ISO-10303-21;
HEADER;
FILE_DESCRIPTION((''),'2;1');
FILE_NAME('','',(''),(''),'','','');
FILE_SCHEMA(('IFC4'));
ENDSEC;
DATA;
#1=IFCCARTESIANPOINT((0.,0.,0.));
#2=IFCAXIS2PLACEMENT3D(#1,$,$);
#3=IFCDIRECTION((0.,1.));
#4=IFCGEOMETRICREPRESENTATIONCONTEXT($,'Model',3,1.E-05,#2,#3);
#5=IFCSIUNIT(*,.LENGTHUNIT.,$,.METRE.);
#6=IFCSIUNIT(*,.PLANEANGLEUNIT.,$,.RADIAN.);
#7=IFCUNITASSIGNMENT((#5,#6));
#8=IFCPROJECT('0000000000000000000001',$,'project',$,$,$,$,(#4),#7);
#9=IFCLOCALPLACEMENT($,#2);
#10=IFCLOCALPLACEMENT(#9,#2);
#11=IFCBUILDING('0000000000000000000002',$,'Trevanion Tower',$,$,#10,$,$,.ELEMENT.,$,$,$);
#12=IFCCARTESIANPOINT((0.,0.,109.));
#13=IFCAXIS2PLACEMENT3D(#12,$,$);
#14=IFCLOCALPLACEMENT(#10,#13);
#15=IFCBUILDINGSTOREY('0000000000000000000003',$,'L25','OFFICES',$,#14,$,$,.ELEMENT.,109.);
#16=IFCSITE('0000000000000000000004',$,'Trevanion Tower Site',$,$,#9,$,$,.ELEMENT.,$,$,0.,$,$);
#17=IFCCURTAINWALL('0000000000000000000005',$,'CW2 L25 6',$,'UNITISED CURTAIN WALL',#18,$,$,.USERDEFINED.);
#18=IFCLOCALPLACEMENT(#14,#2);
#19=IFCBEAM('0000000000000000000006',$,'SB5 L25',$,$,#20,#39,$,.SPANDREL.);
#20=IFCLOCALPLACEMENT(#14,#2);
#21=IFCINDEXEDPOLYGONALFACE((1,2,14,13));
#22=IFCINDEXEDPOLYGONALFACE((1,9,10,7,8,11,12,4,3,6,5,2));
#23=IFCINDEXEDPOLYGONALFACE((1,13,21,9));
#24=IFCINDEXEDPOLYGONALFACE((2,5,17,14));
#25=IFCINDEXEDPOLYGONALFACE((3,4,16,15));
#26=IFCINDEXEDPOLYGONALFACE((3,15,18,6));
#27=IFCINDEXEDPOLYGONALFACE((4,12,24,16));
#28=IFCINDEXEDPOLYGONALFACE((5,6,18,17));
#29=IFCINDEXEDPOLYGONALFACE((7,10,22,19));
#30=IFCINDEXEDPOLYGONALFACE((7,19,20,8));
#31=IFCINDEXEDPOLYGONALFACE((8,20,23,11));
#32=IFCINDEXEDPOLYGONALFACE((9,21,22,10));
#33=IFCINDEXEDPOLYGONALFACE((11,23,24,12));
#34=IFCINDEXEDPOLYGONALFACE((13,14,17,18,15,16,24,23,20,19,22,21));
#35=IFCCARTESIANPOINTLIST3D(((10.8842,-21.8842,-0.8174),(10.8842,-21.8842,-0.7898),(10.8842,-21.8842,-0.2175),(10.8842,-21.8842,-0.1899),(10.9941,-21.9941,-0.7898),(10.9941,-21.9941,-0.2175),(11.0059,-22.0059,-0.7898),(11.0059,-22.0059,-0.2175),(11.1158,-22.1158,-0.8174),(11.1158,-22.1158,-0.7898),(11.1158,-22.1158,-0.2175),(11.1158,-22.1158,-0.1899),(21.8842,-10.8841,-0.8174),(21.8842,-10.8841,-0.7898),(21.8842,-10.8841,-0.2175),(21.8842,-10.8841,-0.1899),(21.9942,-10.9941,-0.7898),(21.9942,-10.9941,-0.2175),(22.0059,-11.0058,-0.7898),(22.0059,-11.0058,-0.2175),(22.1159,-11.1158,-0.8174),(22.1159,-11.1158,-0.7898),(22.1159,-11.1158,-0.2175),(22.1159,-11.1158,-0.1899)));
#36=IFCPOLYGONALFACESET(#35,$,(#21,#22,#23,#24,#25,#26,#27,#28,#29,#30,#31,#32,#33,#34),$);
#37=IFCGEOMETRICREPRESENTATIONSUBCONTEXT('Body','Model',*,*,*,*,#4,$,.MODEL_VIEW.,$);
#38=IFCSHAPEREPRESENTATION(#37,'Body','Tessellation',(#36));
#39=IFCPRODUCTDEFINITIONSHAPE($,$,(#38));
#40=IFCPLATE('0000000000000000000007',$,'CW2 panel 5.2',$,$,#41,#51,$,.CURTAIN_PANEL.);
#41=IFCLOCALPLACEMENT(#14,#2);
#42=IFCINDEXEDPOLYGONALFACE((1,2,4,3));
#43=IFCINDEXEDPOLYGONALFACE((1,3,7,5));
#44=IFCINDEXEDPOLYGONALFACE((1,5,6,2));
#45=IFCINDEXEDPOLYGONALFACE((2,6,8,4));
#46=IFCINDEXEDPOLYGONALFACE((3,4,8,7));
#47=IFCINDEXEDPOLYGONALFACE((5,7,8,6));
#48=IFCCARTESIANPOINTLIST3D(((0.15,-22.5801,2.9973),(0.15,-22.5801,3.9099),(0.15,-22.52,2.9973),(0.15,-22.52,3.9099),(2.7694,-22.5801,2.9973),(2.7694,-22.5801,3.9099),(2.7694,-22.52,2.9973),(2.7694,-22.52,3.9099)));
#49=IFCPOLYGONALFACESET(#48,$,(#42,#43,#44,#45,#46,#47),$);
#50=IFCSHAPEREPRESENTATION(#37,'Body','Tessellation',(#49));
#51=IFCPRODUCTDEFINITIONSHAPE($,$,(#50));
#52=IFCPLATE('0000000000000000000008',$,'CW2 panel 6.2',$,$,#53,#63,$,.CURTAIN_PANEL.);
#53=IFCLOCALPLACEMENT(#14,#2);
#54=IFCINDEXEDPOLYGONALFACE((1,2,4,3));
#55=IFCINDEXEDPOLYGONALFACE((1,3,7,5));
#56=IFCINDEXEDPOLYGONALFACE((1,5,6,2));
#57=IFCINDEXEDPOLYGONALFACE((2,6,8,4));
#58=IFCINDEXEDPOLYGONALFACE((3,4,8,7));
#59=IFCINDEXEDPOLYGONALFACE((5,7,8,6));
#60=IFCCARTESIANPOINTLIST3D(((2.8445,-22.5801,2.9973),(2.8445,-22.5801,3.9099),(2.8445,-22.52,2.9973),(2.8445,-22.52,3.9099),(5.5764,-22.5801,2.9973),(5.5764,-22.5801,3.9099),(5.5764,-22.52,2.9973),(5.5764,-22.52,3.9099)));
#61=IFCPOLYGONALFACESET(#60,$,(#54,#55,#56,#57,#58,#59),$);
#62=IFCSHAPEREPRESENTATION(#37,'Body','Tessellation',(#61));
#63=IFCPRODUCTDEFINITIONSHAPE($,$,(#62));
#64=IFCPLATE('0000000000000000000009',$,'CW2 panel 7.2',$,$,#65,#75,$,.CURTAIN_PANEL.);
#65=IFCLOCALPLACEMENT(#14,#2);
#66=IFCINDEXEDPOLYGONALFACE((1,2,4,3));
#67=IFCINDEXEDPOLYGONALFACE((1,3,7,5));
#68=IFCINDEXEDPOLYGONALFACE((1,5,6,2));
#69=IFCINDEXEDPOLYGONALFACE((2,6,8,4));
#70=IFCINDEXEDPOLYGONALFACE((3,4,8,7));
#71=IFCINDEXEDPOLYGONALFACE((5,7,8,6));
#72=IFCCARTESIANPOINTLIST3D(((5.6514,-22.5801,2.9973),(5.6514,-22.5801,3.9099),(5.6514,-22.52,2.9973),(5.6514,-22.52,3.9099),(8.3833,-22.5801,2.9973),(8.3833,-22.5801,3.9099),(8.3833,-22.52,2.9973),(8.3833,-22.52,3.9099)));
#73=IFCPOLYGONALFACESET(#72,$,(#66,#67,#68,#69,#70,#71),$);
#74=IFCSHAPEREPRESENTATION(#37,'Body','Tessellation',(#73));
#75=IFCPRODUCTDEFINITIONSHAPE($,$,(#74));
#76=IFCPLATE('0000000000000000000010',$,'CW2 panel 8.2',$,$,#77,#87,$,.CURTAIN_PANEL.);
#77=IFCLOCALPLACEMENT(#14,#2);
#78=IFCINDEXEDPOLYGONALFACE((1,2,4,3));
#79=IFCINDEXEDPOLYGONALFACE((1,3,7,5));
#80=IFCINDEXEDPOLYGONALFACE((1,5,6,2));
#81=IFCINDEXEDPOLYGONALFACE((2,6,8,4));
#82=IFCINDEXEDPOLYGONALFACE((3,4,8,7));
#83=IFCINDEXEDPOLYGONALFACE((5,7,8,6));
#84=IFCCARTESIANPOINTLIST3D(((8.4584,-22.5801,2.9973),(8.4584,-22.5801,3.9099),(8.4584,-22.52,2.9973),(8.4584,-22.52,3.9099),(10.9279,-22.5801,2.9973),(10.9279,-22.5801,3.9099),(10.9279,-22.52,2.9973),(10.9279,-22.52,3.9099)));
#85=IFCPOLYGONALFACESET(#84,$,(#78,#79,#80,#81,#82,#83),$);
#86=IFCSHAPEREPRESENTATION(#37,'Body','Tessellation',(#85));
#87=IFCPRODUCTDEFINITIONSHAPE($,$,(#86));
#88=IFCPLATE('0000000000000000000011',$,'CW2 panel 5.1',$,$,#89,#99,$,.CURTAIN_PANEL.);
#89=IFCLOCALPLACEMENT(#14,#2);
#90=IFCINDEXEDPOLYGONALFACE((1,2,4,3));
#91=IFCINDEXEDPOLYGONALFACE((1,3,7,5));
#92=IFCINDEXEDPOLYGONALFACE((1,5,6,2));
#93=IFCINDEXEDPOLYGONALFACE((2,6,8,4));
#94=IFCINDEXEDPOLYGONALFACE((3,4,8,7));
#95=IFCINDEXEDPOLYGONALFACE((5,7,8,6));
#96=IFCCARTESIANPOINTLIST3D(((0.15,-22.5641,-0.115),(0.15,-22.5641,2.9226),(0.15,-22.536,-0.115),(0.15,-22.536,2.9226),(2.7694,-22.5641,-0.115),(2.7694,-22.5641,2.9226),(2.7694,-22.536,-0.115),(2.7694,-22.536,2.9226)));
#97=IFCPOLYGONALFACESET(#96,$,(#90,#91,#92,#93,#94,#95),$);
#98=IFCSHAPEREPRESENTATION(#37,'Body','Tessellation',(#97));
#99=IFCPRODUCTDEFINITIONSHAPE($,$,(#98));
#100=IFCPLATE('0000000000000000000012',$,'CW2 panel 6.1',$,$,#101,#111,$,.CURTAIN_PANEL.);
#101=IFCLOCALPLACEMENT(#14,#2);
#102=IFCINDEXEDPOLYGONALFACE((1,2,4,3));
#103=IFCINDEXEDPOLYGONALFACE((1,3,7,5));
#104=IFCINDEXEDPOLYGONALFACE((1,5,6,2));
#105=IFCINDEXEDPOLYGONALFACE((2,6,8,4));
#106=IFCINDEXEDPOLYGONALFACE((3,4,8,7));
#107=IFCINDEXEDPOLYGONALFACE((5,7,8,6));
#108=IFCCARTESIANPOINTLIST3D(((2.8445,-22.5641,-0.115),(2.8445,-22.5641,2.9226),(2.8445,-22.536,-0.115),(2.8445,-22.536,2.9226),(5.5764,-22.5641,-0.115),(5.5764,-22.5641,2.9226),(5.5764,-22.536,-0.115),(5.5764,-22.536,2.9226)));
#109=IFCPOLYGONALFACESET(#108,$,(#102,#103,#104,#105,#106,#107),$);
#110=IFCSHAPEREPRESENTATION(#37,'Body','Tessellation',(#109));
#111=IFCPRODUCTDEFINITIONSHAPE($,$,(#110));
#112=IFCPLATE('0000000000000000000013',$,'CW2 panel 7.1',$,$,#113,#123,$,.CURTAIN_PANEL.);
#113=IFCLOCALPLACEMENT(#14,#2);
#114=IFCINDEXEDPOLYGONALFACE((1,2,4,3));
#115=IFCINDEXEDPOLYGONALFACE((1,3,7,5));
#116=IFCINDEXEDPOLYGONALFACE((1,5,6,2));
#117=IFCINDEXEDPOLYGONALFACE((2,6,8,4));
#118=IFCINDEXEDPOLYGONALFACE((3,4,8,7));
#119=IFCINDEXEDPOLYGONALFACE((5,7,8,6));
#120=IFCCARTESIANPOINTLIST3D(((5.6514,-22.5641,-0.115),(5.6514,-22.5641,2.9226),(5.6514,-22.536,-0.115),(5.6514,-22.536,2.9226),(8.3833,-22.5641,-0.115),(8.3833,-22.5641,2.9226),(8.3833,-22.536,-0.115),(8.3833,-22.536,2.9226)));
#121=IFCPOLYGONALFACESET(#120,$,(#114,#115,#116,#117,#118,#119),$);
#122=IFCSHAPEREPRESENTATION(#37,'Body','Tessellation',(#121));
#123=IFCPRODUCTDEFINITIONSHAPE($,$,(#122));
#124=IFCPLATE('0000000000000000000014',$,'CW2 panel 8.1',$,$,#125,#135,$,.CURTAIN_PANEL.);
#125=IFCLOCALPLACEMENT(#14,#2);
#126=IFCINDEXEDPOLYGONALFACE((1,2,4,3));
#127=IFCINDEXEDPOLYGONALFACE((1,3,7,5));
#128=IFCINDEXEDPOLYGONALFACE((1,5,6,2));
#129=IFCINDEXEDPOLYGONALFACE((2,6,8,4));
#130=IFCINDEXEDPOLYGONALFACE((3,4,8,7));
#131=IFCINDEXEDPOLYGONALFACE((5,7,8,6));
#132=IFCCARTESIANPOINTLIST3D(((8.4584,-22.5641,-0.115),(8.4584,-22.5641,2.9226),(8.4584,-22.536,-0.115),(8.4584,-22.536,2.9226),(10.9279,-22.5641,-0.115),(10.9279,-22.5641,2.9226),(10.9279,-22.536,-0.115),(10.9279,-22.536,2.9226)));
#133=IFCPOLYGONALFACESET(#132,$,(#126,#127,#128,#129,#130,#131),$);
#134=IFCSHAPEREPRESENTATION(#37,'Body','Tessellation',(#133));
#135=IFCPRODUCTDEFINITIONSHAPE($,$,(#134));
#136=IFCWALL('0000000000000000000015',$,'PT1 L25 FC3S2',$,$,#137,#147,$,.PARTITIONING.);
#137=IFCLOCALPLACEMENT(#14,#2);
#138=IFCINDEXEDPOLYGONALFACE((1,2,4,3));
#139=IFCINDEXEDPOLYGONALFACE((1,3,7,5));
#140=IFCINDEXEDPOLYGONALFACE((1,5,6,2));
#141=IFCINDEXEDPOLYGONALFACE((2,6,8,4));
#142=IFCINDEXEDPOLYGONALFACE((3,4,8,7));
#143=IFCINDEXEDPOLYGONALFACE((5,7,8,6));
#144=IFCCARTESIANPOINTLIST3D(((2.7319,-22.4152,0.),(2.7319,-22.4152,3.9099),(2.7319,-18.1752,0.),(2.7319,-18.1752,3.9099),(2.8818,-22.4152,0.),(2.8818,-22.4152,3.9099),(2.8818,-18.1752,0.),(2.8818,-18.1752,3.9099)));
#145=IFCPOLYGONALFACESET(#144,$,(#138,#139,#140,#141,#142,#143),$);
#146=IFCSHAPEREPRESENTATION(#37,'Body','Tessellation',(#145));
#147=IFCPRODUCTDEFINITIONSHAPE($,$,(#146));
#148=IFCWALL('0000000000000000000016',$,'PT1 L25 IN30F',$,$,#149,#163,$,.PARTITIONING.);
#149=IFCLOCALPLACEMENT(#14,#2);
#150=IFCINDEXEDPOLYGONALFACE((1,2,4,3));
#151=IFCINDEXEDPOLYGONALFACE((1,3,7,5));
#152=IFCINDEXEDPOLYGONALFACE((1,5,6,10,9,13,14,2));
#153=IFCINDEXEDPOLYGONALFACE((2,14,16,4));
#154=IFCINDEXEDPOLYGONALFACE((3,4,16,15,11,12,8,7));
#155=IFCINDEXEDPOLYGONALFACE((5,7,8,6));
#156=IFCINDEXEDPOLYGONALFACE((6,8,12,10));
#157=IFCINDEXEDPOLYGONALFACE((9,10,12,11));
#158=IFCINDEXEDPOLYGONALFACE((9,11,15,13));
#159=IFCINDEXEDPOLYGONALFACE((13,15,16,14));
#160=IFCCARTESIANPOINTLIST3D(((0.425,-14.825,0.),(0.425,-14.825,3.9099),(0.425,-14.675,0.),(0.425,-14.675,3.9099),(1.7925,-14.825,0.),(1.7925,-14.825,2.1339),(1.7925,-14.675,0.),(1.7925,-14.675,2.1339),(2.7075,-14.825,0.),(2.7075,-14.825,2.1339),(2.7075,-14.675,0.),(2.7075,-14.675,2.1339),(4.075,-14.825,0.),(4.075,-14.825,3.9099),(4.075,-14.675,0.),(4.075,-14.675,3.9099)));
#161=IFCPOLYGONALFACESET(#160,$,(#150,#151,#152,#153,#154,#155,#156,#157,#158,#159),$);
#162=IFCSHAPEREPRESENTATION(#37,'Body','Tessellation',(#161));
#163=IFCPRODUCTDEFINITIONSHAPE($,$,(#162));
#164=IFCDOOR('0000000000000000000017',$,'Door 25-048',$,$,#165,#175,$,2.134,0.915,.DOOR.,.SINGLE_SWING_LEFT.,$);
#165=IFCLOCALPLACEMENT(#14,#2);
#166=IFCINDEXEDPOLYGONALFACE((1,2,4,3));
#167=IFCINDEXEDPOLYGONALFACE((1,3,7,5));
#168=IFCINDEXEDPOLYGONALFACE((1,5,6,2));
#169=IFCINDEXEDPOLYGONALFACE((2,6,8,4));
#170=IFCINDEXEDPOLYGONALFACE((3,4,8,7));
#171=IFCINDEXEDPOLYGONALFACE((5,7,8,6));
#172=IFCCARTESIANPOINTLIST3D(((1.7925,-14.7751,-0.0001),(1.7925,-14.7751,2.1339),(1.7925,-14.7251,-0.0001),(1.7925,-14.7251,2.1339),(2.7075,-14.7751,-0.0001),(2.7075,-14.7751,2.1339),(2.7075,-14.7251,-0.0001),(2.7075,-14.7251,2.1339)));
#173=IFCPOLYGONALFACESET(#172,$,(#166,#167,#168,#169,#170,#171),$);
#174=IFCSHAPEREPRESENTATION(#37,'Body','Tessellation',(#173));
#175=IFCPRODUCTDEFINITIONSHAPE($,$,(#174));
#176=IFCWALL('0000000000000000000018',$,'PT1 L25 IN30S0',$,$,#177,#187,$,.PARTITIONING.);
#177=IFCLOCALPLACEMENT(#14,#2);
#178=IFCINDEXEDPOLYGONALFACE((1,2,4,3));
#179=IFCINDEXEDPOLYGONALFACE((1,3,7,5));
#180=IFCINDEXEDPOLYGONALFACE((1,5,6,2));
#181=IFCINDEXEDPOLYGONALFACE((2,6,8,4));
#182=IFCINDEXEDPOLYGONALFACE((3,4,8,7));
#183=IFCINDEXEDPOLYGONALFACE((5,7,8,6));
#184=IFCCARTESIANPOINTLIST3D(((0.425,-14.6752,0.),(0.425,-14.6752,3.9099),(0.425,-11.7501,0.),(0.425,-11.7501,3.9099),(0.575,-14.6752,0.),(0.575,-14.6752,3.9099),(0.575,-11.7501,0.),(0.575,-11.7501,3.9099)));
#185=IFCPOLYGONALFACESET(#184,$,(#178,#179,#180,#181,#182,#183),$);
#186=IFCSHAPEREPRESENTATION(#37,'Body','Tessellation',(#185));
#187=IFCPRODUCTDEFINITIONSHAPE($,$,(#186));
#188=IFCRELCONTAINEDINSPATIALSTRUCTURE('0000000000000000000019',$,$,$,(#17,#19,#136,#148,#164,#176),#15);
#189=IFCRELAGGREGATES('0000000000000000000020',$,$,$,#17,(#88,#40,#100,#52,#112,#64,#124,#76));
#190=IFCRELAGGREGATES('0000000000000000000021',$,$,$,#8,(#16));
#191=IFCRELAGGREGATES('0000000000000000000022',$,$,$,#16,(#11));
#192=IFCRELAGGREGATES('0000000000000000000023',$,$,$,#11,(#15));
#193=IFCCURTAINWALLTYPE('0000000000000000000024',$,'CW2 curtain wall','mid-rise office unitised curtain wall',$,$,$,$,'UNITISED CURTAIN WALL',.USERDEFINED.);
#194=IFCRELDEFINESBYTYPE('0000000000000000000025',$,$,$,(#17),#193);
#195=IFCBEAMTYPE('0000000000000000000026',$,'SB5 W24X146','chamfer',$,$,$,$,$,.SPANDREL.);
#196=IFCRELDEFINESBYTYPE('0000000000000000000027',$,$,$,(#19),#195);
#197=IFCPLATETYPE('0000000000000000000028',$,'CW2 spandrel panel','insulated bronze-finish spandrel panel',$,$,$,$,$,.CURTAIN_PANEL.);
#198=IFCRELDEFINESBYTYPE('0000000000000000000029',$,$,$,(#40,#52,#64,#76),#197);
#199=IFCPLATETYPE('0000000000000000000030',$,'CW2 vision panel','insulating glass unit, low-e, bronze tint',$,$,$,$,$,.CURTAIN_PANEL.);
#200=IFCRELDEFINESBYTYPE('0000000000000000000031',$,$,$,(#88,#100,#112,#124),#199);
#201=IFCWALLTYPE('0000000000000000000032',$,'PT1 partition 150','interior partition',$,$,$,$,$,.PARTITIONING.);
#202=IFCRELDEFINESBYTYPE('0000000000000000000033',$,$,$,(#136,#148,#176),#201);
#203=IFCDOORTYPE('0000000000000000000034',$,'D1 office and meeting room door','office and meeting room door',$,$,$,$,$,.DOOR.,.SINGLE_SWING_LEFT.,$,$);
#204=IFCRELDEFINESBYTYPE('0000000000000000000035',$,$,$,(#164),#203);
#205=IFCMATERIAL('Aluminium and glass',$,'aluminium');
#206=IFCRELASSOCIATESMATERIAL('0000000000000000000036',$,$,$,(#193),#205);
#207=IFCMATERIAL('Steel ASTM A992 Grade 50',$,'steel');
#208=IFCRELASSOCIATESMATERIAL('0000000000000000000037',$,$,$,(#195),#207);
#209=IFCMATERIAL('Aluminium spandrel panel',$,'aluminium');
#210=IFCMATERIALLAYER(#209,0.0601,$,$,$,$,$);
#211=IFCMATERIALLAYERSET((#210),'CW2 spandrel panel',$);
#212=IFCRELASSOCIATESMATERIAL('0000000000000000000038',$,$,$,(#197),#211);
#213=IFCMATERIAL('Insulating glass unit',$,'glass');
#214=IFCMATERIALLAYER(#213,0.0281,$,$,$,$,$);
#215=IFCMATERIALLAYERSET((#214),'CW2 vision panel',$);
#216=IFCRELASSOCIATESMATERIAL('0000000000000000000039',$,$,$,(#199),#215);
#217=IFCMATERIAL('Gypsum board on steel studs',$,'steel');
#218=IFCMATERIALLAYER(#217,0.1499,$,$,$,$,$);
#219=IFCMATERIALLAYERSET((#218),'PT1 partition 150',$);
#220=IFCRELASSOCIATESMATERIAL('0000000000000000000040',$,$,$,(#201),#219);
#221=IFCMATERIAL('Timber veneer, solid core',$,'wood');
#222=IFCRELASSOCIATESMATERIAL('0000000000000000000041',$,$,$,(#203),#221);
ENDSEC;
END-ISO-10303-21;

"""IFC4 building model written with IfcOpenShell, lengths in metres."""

from ifc_helpers import new_model, si_unit, direction, frame, frame_2d, origin, origin_2d, place, context, subcontext, project, spatial, rectangle, i_section, extrude, material, layer, layer_set, material_profile, profile_set, type_object, element, fill, aggregate, save


model = new_model("IFC4")

# Units and contexts
model_context = context("Model", 3, precision=1e-05, world=origin(), true_north=direction((0.0, 1.0)))
body_context = subcontext(model_context, "Body", "Model", "MODEL_VIEW")
ifc_project = project(units=[si_unit("LENGTHUNIT", "METRE"), si_unit("PLANEANGLEUNIT", "RADIAN")], contexts=[model_context])

# Site, building, storey
site_placement = place(None, origin())
site = spatial("IfcSite", under=ifc_project, at=site_placement, Name="Trevanion Tower Site", CompositionType="ELEMENT", RefElevation=0.0)
building_placement = place(site_placement, origin())
building = spatial("IfcBuilding", under=site, at=building_placement, Name="Trevanion Tower", CompositionType="ELEMENT")
storey_placement = place(building_placement, frame((0.0, 0.0, 109.0)))
storey = spatial("IfcBuildingStorey", under=building, at=storey_placement, Name="L25", Description="OFFICES", CompositionType="ELEMENT", Elevation=109.0)

# Curtain wall
ifc_material_1 = material(Name="Aluminium and glass", Category="aluminium")
curtain_wall_type = type_object("IfcCurtainWallType", Name="CW2 curtain wall", Description="mid-rise office unitised curtain wall", ElementType="UNITISED CURTAIN WALL", PredefinedType="USERDEFINED", material=ifc_material_1)
curtain_wall_1_placement = place(storey_placement, origin())
curtain_wall_1 = element("IfcCurtainWall", 1, at=curtain_wall_1_placement, inside=storey, type_object=curtain_wall_type, Name="CW2 L25 6", ObjectType="UNITISED CURTAIN WALL", PredefinedType="USERDEFINED")

# Beam
ifc_material_2 = material(Name="Steel ASTM A992 Grade 50", Category="steel")
ifc_material_profile_1 = material_profile(ifc_material_2, i_section(OverallWidth=0.3276, OverallDepth=0.6274, WebThickness=0.0166, FlangeThickness=0.0276, at=origin_2d()), Name="W24X146")
ifc_profile_set_1 = profile_set([ifc_material_profile_1], Name="Steel ASTM A992 Grade 50")
beam_type = type_object("IfcBeamType", Name="SB5 W24X146", Description="chamfer", PredefinedType="SPANDREL", material=ifc_profile_set_1)
beam_placement = place(storey_placement, frame((11.0, -22.0, -0.5037), z_axis=(0.707107, 0.707107, 0.0), x_axis=(-0.707107, 0.707107, 0.0)))
element("IfcBeam", 2, at=beam_placement, inside=storey, type_object=beam_type, Name="SB5 L25", PredefinedType="SPANDREL", context=body_context, shape_type="SweptSolid", body=[
    extrude(i_section(OverallWidth=0.3276, OverallDepth=0.6274, WebThickness=0.0166, FlangeThickness=0.0276, at=origin_2d()), origin(), (0.0, 0.0, 1.0), 15.5564),
])

# Plates
ifc_material_3 = material(Name="Aluminium spandrel panel", Category="aluminium")
ifc_layer_1 = layer(ifc_material_3, 0.0601)
ifc_layer_set_1 = layer_set([ifc_layer_1], Name="CW2 spandrel panel")
plate_type_1 = type_object("IfcPlateType", Name="CW2 spandrel panel", Description="insulated bronze-finish spandrel panel", PredefinedType="CURTAIN_PANEL", material=ifc_layer_set_1)
plate_1_placement = place(storey_placement, frame((1.4597, -22.55, 2.9973), z_axis=(0.0, 0.0, 1.0), x_axis=(1.0, 0.0, 0.0)))
plate_1 = element("IfcPlate", 3, at=plate_1_placement, type_object=plate_type_1, Name="CW2 panel 5.2", PredefinedType="CURTAIN_PANEL", context=body_context, shape_type="SweptSolid", body=[
    extrude(rectangle(XDim=2.6194, YDim=0.0601, at=origin_2d()), origin(), (0.0, 0.0, 1.0), 0.9126),
])
plate_2_placement = place(storey_placement, frame((4.2104, -22.55, 2.9973), z_axis=(0.0, 0.0, 1.0), x_axis=(1.0, 0.0, 0.0)))
plate_2 = element("IfcPlate", 4, at=plate_2_placement, type_object=plate_type_1, Name="CW2 panel 6.2", PredefinedType="CURTAIN_PANEL", context=body_context, shape_type="SweptSolid", body=[
    extrude(rectangle(XDim=2.7319, YDim=0.0601, at=origin_2d()), origin(), (0.0, 0.0, 1.0), 0.9126),
])
plate_3_placement = place(storey_placement, frame((7.0173, -22.55, 2.9973), z_axis=(0.0, 0.0, 1.0), x_axis=(1.0, 0.0, 0.0)))
plate_3 = element("IfcPlate", 5, at=plate_3_placement, type_object=plate_type_1, Name="CW2 panel 7.2", PredefinedType="CURTAIN_PANEL", context=body_context, shape_type="SweptSolid", body=[
    extrude(rectangle(XDim=2.7319, YDim=0.0601, at=origin_2d()), origin(), (0.0, 0.0, 1.0), 0.9126),
])
plate_4_placement = place(storey_placement, frame((9.6931, -22.55, 2.9973), z_axis=(0.0, 0.0, 1.0), x_axis=(1.0, 0.0, 0.0)))
plate_4 = element("IfcPlate", 6, at=plate_4_placement, type_object=plate_type_1, Name="CW2 panel 8.2", PredefinedType="CURTAIN_PANEL", context=body_context, shape_type="SweptSolid", body=[
    extrude(rectangle(XDim=2.4695, YDim=0.0601, at=origin_2d()), origin(), (0.0, 0.0, 1.0), 0.9126),
])
ifc_material_4 = material(Name="Insulating glass unit", Category="glass")
ifc_layer_2 = layer(ifc_material_4, 0.0281)
ifc_layer_set_2 = layer_set([ifc_layer_2], Name="CW2 vision panel")
plate_type_2 = type_object("IfcPlateType", Name="CW2 vision panel", Description="insulating glass unit, low-e, bronze tint", PredefinedType="CURTAIN_PANEL", material=ifc_layer_set_2)
plate_5_placement = place(storey_placement, frame((1.4597, -22.55, -0.115), z_axis=(0.0, 0.0, 1.0), x_axis=(1.0, 0.0, 0.0)))
plate_5 = element("IfcPlate", 7, at=plate_5_placement, type_object=plate_type_2, Name="CW2 panel 5.1", PredefinedType="CURTAIN_PANEL", context=body_context, shape_type="SweptSolid", body=[
    extrude(rectangle(XDim=2.6194, YDim=0.0281, at=origin_2d()), origin(), (0.0, 0.0, 1.0), 3.0376),
])
plate_6_placement = place(storey_placement, frame((4.2104, -22.55, -0.115), z_axis=(0.0, 0.0, 1.0), x_axis=(1.0, 0.0, 0.0)))
plate_6 = element("IfcPlate", 8, at=plate_6_placement, type_object=plate_type_2, Name="CW2 panel 6.1", PredefinedType="CURTAIN_PANEL", context=body_context, shape_type="SweptSolid", body=[
    extrude(rectangle(XDim=2.7319, YDim=0.0281, at=origin_2d()), origin(), (0.0, 0.0, 1.0), 3.0376),
])
plate_7_placement = place(storey_placement, frame((7.0173, -22.55, -0.115), z_axis=(0.0, 0.0, 1.0), x_axis=(1.0, 0.0, 0.0)))
plate_7 = element("IfcPlate", 9, at=plate_7_placement, type_object=plate_type_2, Name="CW2 panel 7.1", PredefinedType="CURTAIN_PANEL", context=body_context, shape_type="SweptSolid", body=[
    extrude(rectangle(XDim=2.7319, YDim=0.0281, at=origin_2d()), origin(), (0.0, 0.0, 1.0), 3.0376),
])
plate_8_placement = place(storey_placement, frame((9.6931, -22.55, -0.115), z_axis=(0.0, 0.0, 1.0), x_axis=(1.0, 0.0, 0.0)))
plate_8 = element("IfcPlate", 10, at=plate_8_placement, type_object=plate_type_2, Name="CW2 panel 8.1", PredefinedType="CURTAIN_PANEL", context=body_context, shape_type="SweptSolid", body=[
    extrude(rectangle(XDim=2.4695, YDim=0.0281, at=origin_2d()), origin(), (0.0, 0.0, 1.0), 3.0376),
])
aggregate(curtain_wall_1, [plate_5, plate_1, plate_6, plate_2, plate_7, plate_3, plate_8, plate_4])

# Wall
ifc_material_5 = material(Name="Gypsum board on steel studs", Category="steel")
ifc_layer_3 = layer(ifc_material_5, 0.1499)
ifc_layer_set_3 = layer_set([ifc_layer_3], Name="PT1 partition 150")
wall_type_1 = type_object("IfcWallType", Name="PT1 partition 150", Description="interior partition", PredefinedType="PARTITIONING", material=ifc_layer_set_3)
wall_1_placement = place(storey_placement, frame((2.8069, -18.175, 0.0), z_axis=(0.0, 0.0, 1.0), x_axis=(0.0, -1.0, 0.0)))
element("IfcWall", 11, at=wall_1_placement, inside=storey, type_object=wall_type_1, Name="PT1 L25 FC3S2", PredefinedType="PARTITIONING", context=body_context, shape_type="SweptSolid", body=[
    extrude(rectangle(XDim=4.24, YDim=0.1499, at=frame_2d((2.1201, 0.0))), origin(), (0.0, 0.0, 1.0), 3.9099),
])

# Wall, opening, door
wall_2_placement = place(storey_placement, frame((0.425, -14.75, 0.0), z_axis=(0.0, 0.0, 1.0), x_axis=(1.0, 0.0, 0.0)))
wall_2 = element("IfcWall", 12, at=wall_2_placement, inside=storey, type_object=wall_type_1, Name="PT1 L25 IN30F", PredefinedType="PARTITIONING", context=body_context, shape_type="SweptSolid", body=[
    extrude(rectangle(XDim=3.6499, YDim=0.1499, at=frame_2d((1.825, 0.0))), origin(), (0.0, 0.0, 1.0), 3.9099),
])
opening_1_placement = place(wall_2_placement, frame((1.3674, 0.0, 0.0)))
opening_1 = element("IfcOpeningElement", 13, at=opening_1_placement, cuts=wall_2, PredefinedType="OPENING", context=body_context, shape_type="SweptSolid", body=[
    extrude(rectangle(XDim=0.915, YDim=2.134, at=frame_2d((0.4575, 1.0669))), frame((0.0, 0.085, 0.0), z_axis=(0.0, -1.0, 0.0), x_axis=(1.0, 0.0, 0.0)), (0.0, 0.0, 1.0), 0.1699),
])
ifc_material_6 = material(Name="Timber veneer, solid core", Category="wood")
door_type = type_object("IfcDoorType", Name="D1 office and meeting room door", Description="office and meeting room door", OperationType="SINGLE_SWING_LEFT", PredefinedType="DOOR", material=ifc_material_6)
door_1_placement = place(opening_1_placement, origin())
door_1 = element("IfcDoor", 14, at=door_1_placement, inside=storey, type_object=door_type, Name="Door 25-048", OperationType="SINGLE_SWING_LEFT", OverallHeight=2.134, OverallWidth=0.915, PredefinedType="DOOR", context=body_context, shape_type="SweptSolid", body=[
    extrude(rectangle(XDim=0.915, YDim=2.134, at=frame_2d((0.4575, 1.0669))), frame((0.0, 0.0249, 0.0), z_axis=(0.0, -1.0, 0.0), x_axis=(1.0, 0.0, 0.0)), (0.0, 0.0, 1.0), 0.05),
])
fill(opening_1, door_1)

# Wall
for number, where, z_axis, x_axis, name in (
    (15, (0.5, -14.675, 0.0), (0.0, 0.0, 1.0), (0.0, 1.0, 0.0), "PT1 L25 IN30S0"),
):
    element("IfcWall", number, at=place(storey_placement, frame(where, z_axis=z_axis, x_axis=x_axis)), inside=storey, type_object=wall_type_1, Name=name, PredefinedType="PARTITIONING", context=body_context, shape_type="SweptSolid", body=[
        extrude(rectangle(XDim=2.925, YDim=0.1499, at=frame_2d((1.4624, 0.0))), origin(), (0.0, 0.0, 1.0), 3.9099),
    ])

save(model, "model.ifc")
